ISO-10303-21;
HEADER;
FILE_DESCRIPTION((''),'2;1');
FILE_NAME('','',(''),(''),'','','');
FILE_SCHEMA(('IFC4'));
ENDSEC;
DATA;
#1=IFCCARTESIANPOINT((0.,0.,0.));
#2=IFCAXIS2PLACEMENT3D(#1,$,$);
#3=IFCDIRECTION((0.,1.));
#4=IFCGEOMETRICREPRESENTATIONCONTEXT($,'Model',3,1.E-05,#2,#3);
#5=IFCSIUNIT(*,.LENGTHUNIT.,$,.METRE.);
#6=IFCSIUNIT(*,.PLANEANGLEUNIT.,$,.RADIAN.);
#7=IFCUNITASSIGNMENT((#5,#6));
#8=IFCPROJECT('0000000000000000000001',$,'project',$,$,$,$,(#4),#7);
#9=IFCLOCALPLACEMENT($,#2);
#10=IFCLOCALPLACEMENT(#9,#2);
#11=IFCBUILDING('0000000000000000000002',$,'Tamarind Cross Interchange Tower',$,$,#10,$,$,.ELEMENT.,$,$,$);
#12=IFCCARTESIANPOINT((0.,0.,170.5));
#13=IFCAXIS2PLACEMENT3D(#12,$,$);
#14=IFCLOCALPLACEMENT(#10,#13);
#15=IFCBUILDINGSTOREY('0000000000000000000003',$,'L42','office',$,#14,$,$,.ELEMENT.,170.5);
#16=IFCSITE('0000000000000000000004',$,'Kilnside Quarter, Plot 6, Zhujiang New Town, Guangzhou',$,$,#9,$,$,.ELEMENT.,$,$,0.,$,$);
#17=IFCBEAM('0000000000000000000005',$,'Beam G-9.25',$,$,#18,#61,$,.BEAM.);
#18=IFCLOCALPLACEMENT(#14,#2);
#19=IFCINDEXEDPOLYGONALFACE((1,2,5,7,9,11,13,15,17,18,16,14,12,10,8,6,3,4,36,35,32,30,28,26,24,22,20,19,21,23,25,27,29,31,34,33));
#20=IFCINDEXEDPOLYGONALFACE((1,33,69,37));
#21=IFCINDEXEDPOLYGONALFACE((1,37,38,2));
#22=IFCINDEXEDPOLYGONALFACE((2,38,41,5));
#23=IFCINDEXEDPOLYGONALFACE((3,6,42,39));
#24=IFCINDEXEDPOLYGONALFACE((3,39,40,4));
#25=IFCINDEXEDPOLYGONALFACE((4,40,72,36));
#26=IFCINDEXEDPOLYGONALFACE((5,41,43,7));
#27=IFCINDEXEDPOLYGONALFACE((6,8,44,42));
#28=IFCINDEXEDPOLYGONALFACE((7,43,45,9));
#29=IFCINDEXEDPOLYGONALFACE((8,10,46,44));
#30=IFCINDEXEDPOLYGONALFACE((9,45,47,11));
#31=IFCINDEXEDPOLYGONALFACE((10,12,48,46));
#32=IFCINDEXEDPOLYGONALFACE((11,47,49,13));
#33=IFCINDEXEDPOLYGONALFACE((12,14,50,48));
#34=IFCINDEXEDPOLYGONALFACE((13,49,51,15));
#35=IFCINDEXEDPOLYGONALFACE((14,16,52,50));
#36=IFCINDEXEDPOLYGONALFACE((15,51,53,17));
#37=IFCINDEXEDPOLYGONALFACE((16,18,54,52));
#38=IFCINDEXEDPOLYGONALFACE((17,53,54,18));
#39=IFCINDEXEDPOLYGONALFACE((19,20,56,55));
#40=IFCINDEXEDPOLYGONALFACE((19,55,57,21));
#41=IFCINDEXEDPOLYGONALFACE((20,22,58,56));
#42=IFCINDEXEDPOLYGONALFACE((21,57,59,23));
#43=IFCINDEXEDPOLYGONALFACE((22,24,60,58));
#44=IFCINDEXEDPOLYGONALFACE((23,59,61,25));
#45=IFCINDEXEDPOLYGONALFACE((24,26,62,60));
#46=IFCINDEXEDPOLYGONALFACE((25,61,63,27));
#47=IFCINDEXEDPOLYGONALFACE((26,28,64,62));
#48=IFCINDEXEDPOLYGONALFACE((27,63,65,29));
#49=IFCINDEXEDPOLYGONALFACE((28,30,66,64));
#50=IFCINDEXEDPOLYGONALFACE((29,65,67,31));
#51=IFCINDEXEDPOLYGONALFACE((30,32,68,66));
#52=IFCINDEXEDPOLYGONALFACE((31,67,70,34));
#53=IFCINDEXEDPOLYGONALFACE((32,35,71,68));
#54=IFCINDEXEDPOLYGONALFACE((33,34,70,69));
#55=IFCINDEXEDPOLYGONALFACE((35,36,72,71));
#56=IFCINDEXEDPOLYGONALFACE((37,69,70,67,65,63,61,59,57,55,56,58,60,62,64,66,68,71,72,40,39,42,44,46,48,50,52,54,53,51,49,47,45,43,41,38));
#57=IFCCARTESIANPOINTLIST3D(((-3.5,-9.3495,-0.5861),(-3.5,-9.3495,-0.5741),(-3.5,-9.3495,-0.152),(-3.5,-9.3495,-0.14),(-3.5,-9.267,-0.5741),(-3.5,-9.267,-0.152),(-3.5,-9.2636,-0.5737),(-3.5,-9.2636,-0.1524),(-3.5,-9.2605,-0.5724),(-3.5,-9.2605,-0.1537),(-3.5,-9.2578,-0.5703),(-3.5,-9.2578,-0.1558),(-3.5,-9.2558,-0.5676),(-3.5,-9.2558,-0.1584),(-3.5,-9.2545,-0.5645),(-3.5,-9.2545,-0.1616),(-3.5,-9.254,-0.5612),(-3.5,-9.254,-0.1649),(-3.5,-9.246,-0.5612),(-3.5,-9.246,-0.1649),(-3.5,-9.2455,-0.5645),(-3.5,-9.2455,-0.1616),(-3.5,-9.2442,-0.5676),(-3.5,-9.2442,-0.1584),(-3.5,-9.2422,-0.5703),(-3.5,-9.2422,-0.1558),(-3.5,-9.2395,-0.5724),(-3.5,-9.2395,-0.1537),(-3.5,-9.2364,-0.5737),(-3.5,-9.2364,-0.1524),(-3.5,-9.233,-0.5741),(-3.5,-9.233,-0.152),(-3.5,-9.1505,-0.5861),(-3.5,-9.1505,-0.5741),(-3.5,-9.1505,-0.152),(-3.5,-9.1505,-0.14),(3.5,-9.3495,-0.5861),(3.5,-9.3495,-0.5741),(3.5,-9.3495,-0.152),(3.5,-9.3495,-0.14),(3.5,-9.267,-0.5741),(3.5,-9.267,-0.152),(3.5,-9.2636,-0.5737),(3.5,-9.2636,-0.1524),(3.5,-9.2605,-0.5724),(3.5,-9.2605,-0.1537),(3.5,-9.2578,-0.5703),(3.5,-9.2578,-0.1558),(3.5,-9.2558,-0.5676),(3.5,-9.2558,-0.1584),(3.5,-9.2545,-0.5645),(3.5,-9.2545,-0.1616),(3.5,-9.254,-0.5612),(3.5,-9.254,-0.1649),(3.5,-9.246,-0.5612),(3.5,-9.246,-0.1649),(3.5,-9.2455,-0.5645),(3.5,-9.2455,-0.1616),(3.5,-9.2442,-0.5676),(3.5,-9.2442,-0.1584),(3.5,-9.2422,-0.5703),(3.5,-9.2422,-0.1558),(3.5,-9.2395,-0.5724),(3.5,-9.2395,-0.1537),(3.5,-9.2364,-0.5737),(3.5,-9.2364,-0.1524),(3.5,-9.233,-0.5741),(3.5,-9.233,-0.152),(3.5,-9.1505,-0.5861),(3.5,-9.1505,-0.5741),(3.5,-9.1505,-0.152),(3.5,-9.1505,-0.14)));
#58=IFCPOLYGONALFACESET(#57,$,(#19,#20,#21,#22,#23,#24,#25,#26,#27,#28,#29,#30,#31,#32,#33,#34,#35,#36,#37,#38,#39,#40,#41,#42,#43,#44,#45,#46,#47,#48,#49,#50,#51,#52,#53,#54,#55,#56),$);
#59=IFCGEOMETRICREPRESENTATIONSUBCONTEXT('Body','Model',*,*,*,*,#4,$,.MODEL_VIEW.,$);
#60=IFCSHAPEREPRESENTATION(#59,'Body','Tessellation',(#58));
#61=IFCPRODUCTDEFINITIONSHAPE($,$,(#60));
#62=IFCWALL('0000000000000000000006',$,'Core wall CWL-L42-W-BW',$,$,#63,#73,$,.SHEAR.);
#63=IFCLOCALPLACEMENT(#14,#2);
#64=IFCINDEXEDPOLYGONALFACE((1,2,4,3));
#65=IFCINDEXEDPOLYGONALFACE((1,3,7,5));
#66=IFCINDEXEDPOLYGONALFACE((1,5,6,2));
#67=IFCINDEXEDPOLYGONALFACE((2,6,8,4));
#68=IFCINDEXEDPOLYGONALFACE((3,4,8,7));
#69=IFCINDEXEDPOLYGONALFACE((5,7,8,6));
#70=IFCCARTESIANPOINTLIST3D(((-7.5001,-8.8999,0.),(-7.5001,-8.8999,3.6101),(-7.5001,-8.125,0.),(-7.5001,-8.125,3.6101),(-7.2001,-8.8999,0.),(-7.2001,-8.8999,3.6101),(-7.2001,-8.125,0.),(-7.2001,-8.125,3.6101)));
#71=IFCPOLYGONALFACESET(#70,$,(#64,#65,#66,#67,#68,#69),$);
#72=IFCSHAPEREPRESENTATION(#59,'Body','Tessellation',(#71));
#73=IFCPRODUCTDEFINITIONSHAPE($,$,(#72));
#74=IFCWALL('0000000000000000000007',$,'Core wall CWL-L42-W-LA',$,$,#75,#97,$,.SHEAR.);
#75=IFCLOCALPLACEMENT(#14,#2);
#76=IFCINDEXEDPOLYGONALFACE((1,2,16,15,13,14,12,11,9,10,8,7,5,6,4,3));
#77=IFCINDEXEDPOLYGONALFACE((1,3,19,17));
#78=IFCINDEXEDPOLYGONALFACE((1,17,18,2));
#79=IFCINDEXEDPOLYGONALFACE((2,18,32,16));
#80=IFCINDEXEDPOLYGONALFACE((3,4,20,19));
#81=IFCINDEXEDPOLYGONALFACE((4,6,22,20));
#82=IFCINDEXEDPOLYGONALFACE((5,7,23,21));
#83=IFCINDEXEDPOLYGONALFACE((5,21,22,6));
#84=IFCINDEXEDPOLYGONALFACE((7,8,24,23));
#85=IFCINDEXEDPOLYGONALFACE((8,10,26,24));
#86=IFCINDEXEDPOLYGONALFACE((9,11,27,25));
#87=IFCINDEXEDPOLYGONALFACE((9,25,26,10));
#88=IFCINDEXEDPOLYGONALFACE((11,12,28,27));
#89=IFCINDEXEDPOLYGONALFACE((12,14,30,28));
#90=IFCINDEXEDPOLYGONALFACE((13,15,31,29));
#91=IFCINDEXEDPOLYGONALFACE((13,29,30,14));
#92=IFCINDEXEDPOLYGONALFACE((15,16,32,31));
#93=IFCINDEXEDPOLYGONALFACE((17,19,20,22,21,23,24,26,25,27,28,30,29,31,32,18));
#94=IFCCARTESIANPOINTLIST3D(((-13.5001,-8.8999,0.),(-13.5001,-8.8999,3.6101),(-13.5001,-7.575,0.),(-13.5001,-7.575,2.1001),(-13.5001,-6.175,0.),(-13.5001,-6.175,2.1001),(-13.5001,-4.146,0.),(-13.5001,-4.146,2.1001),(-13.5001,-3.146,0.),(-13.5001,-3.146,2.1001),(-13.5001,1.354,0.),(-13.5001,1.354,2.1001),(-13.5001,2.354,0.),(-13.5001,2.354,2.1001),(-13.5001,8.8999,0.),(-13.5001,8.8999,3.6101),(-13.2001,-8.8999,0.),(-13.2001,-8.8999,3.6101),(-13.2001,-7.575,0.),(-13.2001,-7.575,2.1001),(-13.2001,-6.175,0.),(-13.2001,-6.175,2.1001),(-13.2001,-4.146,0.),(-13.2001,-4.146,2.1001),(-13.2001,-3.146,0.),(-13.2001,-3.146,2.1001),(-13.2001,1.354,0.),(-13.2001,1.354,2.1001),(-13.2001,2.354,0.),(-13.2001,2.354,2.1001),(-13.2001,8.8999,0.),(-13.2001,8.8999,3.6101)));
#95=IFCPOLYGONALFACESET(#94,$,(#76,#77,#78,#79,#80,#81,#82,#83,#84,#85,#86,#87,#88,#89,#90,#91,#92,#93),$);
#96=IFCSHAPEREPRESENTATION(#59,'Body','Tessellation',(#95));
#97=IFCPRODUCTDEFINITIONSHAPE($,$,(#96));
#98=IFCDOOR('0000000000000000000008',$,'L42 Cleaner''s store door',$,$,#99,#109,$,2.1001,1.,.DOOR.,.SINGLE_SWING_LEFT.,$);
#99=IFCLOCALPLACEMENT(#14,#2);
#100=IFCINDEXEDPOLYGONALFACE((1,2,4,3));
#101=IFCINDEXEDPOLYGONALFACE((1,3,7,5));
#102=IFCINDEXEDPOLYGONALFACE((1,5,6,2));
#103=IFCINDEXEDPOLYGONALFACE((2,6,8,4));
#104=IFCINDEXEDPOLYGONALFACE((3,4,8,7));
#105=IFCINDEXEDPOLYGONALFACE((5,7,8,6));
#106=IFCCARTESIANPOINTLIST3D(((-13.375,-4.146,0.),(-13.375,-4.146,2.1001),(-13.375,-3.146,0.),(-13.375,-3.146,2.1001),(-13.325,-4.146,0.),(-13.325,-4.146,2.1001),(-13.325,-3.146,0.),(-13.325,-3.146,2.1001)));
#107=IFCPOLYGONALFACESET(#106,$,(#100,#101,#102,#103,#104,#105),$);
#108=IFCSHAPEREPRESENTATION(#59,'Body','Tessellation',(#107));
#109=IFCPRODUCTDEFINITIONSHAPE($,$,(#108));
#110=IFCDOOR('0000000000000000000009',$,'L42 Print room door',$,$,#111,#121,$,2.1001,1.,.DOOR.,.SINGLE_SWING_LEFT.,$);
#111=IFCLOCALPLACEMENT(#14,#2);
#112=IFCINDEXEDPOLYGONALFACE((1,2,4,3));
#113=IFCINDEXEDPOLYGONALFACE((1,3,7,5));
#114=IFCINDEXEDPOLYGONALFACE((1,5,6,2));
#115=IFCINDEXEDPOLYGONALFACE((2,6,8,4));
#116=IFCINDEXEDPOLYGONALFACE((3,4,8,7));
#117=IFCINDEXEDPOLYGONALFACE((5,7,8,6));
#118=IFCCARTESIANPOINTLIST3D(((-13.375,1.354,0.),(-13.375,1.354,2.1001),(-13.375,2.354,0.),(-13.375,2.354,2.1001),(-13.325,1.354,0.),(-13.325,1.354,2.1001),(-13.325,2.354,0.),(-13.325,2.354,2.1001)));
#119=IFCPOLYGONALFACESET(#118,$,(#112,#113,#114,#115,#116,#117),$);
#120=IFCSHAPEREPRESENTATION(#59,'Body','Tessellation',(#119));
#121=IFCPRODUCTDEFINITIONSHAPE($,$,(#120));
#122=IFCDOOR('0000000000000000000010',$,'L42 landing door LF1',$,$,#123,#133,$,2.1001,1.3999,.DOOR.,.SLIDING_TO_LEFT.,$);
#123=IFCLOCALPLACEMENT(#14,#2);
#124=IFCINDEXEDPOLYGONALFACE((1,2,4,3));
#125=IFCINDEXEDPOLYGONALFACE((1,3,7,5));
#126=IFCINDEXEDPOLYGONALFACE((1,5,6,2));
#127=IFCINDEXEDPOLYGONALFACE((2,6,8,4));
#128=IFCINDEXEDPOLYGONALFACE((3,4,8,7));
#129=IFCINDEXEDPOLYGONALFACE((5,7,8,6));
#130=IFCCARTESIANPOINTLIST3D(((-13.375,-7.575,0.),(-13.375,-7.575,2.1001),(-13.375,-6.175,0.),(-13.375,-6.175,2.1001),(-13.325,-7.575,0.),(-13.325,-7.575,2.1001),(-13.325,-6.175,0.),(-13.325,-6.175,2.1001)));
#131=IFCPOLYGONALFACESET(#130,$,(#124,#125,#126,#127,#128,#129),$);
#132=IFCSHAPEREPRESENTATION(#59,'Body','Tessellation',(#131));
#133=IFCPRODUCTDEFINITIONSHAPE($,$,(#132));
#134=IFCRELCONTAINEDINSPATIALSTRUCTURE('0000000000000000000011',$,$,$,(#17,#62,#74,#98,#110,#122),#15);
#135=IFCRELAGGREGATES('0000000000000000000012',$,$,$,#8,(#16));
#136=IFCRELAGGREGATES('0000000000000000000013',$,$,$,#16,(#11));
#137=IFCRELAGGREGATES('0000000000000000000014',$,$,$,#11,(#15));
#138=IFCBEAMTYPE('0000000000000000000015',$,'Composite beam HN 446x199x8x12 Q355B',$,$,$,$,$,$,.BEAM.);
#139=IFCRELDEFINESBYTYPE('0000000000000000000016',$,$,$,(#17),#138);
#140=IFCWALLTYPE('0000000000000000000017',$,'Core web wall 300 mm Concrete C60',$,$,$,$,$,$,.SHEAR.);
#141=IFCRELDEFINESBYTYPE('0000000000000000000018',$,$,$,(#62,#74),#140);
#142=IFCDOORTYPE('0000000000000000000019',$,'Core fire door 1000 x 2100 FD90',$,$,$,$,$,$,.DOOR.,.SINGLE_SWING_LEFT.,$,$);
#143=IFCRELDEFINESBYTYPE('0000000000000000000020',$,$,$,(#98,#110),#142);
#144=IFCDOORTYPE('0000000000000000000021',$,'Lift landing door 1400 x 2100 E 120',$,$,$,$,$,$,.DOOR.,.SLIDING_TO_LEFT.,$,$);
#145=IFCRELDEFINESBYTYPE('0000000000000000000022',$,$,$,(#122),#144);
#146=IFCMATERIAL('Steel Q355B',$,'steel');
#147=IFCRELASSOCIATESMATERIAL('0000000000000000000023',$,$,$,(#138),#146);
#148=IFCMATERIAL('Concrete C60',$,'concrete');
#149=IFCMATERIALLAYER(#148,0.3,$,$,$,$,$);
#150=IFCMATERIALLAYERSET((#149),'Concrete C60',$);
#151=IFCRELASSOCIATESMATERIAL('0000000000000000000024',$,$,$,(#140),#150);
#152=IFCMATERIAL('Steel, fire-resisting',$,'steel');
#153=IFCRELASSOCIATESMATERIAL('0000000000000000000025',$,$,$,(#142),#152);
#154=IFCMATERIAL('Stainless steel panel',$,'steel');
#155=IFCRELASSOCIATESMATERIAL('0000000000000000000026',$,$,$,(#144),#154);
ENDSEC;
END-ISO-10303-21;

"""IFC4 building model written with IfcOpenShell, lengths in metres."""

from ifc_helpers import new_model, si_unit, direction, frame, frame_2d, origin, origin_2d, place, context, subcontext, project, spatial, rectangle, i_section, extrude, material, layer, layer_set, material_profile, profile_set, type_object, element, fill, save


model = new_model("IFC4")

# Units and contexts
model_context = context("Model", 3, precision=1e-05, world=origin(), true_north=direction((0.0, 1.0)))
body_context = subcontext(model_context, "Body", "Model", "MODEL_VIEW")
ifc_project = project(units=[si_unit("LENGTHUNIT", "METRE"), si_unit("PLANEANGLEUNIT", "RADIAN")], contexts=[model_context])

# Site, building, storey
site_placement = place(None, origin())
site = spatial("IfcSite", under=ifc_project, at=site_placement, Name="Kilnside Quarter, Plot 6, Zhujiang New Town, Guangzhou", CompositionType="ELEMENT", RefElevation=0.0)
building_placement = place(site_placement, origin())
building = spatial("IfcBuilding", under=site, at=building_placement, Name="Tamarind Cross Interchange Tower", CompositionType="ELEMENT")
storey_placement = place(building_placement, frame((0.0, 0.0, 170.5)))
storey = spatial("IfcBuildingStorey", under=building, at=storey_placement, Name="L42", Description="office", CompositionType="ELEMENT", Elevation=170.5)

# Beam
ifc_material_1 = material(Name="Steel Q355B", Category="steel")
ifc_material_profile = material_profile(ifc_material_1, i_section(OverallWidth=0.199, OverallDepth=0.446, WebThickness=0.0081, FlangeThickness=0.012, FilletRadius=0.0129, at=origin_2d()), Name="HN 446x199x8x12")
ifc_profile_set = profile_set([ifc_material_profile], Name="Steel Q355B")
beam_type = type_object("IfcBeamType", Name="Composite beam HN 446x199x8x12 Q355B", PredefinedType="BEAM", material=ifc_profile_set)
beam_placement = place(storey_placement, frame((-3.5, -9.25, -0.363), z_axis=(1.0, 0.0, 0.0), x_axis=(0.0, 1.0, 0.0)))
element("IfcBeam", 1, at=beam_placement, inside=storey, type_object=beam_type, Name="Beam G-9.25", PredefinedType="BEAM", context=body_context, shape_type="SweptSolid", body=[
    extrude(i_section(OverallWidth=0.199, OverallDepth=0.446, WebThickness=0.0081, FlangeThickness=0.012, FilletRadius=0.0129, at=origin_2d()), origin(), (0.0, 0.0, 1.0), 7.0),
])

# Wall
ifc_material_2 = material(Name="Concrete C60", Category="concrete")
ifc_layer_1 = layer(ifc_material_2, 0.3)
ifc_layer_set_1 = layer_set([ifc_layer_1], Name="Concrete C60")
wall_type_1 = type_object("IfcWallType", Name="Core web wall 300 mm Concrete C60", PredefinedType="SHEAR", material=ifc_layer_set_1)
wall_1_placement = place(storey_placement, frame((-7.3501, -8.8999, 0.0), z_axis=(0.0, 0.0, 1.0), x_axis=(0.0, 1.0, 0.0)))
element("IfcWall", 2, at=wall_1_placement, inside=storey, type_object=wall_type_1, Name="Core wall CWL-L42-W-BW", PredefinedType="SHEAR", context=body_context, shape_type="SweptSolid", body=[
    extrude(rectangle(XDim=0.7749, YDim=0.3, at=frame_2d((0.3875, 0.0))), origin(), (0.0, 0.0, 1.0), 3.6101),
])

# Wall, openings, doors
wall_2_placement = place(storey_placement, frame((-13.3501, -8.8999, 0.0), z_axis=(0.0, 0.0, 1.0), x_axis=(0.0, 1.0, 0.0)))
wall_2 = element("IfcWall", 3, at=wall_2_placement, inside=storey, type_object=wall_type_1, Name="Core wall CWL-L42-W-LA", PredefinedType="SHEAR", context=body_context, shape_type="SweptSolid", body=[
    extrude(rectangle(XDim=17.7998, YDim=0.3, at=frame_2d((8.8999, 0.0))), origin(), (0.0, 0.0, 1.0), 3.6101),
])
opening_1_placement = place(wall_2_placement, frame((1.325, 0.0, 0.0)))
opening_1 = element("IfcOpeningElement", 4, at=opening_1_placement, cuts=wall_2, PredefinedType="OPENING", context=body_context, shape_type="SweptSolid", body=[
    extrude(rectangle(XDim=1.3999, YDim=2.1001, at=frame_2d((0.7, 1.05))), frame((0.0, 0.1599, 0.0), z_axis=(0.0, -1.0, 0.0), x_axis=(1.0, 0.0, 0.0)), (0.0, 0.0, 1.0), 0.3201),
])
opening_2_placement = place(wall_2_placement, frame((4.7539, 0.0, 0.0)))
opening_2 = element("IfcOpeningElement", 5, at=opening_2_placement, cuts=wall_2, PredefinedType="OPENING", context=body_context, shape_type="SweptSolid", body=[
    extrude(rectangle(XDim=1.0, YDim=2.1001, at=frame_2d((0.5, 1.05))), frame((0.0, 0.1599, 0.0), z_axis=(0.0, -1.0, 0.0), x_axis=(1.0, 0.0, 0.0)), (0.0, 0.0, 1.0), 0.3201),
])
opening_3_placement = place(wall_2_placement, frame((10.2539, 0.0, 0.0)))
opening_3 = element("IfcOpeningElement", 6, at=opening_3_placement, cuts=wall_2, PredefinedType="OPENING", context=body_context, shape_type="SweptSolid", body=[
    extrude(rectangle(XDim=1.0, YDim=2.1001, at=frame_2d((0.5, 1.05))), frame((0.0, 0.1599, 0.0), z_axis=(0.0, -1.0, 0.0), x_axis=(1.0, 0.0, 0.0)), (0.0, 0.0, 1.0), 0.3201),
])
ifc_material_3 = material(Name="Steel, fire-resisting", Category="steel")
door_type_1 = type_object("IfcDoorType", Name="Core fire door 1000 x 2100 FD90", OperationType="SINGLE_SWING_LEFT", PredefinedType="DOOR", material=ifc_material_3)
door_1_placement = place(opening_2_placement, origin())
door_1 = element("IfcDoor", 7, at=door_1_placement, inside=storey, type_object=door_type_1, Name="L42 Cleaner's store door", OperationType="SINGLE_SWING_LEFT", OverallHeight=2.1001, OverallWidth=1.0, PredefinedType="DOOR", context=body_context, shape_type="SweptSolid", body=[
    extrude(rectangle(XDim=1.0, YDim=2.1001, at=frame_2d((0.5, 1.05))), frame((0.0, 0.0249, 0.0), z_axis=(0.0, -1.0, 0.0), x_axis=(1.0, 0.0, 0.0)), (0.0, 0.0, 1.0), 0.05),
])
fill(opening_2, door_1)
door_2_placement = place(opening_3_placement, origin())
door_2 = element("IfcDoor", 8, at=door_2_placement, inside=storey, type_object=door_type_1, Name="L42 Print room door", OperationType="SINGLE_SWING_LEFT", OverallHeight=2.1001, OverallWidth=1.0, PredefinedType="DOOR", context=body_context, shape_type="SweptSolid", body=[
    extrude(rectangle(XDim=1.0, YDim=2.1001, at=frame_2d((0.5, 1.05))), frame((0.0, 0.0249, 0.0), z_axis=(0.0, -1.0, 0.0), x_axis=(1.0, 0.0, 0.0)), (0.0, 0.0, 1.0), 0.05),
])
fill(opening_3, door_2)
ifc_material_4 = material(Name="Stainless steel panel", Category="steel")
door_type_2 = type_object("IfcDoorType", Name="Lift landing door 1400 x 2100 E 120", OperationType="SLIDING_TO_LEFT", PredefinedType="DOOR", material=ifc_material_4)
door_3_placement = place(opening_1_placement, origin())
door_3 = element("IfcDoor", 9, at=door_3_placement, inside=storey, type_object=door_type_2, Name="L42 landing door LF1", OperationType="SLIDING_TO_LEFT", OverallHeight=2.1001, OverallWidth=1.3999, PredefinedType="DOOR", context=body_context, shape_type="SweptSolid", body=[
    extrude(rectangle(XDim=1.3999, YDim=2.1001, at=frame_2d((0.7, 1.05))), frame((0.0, 0.0249, 0.0), z_axis=(0.0, -1.0, 0.0), x_axis=(1.0, 0.0, 0.0)), (0.0, 0.0, 1.0), 0.05),
])
fill(opening_1, door_3)

save(model, "model.ifc")
